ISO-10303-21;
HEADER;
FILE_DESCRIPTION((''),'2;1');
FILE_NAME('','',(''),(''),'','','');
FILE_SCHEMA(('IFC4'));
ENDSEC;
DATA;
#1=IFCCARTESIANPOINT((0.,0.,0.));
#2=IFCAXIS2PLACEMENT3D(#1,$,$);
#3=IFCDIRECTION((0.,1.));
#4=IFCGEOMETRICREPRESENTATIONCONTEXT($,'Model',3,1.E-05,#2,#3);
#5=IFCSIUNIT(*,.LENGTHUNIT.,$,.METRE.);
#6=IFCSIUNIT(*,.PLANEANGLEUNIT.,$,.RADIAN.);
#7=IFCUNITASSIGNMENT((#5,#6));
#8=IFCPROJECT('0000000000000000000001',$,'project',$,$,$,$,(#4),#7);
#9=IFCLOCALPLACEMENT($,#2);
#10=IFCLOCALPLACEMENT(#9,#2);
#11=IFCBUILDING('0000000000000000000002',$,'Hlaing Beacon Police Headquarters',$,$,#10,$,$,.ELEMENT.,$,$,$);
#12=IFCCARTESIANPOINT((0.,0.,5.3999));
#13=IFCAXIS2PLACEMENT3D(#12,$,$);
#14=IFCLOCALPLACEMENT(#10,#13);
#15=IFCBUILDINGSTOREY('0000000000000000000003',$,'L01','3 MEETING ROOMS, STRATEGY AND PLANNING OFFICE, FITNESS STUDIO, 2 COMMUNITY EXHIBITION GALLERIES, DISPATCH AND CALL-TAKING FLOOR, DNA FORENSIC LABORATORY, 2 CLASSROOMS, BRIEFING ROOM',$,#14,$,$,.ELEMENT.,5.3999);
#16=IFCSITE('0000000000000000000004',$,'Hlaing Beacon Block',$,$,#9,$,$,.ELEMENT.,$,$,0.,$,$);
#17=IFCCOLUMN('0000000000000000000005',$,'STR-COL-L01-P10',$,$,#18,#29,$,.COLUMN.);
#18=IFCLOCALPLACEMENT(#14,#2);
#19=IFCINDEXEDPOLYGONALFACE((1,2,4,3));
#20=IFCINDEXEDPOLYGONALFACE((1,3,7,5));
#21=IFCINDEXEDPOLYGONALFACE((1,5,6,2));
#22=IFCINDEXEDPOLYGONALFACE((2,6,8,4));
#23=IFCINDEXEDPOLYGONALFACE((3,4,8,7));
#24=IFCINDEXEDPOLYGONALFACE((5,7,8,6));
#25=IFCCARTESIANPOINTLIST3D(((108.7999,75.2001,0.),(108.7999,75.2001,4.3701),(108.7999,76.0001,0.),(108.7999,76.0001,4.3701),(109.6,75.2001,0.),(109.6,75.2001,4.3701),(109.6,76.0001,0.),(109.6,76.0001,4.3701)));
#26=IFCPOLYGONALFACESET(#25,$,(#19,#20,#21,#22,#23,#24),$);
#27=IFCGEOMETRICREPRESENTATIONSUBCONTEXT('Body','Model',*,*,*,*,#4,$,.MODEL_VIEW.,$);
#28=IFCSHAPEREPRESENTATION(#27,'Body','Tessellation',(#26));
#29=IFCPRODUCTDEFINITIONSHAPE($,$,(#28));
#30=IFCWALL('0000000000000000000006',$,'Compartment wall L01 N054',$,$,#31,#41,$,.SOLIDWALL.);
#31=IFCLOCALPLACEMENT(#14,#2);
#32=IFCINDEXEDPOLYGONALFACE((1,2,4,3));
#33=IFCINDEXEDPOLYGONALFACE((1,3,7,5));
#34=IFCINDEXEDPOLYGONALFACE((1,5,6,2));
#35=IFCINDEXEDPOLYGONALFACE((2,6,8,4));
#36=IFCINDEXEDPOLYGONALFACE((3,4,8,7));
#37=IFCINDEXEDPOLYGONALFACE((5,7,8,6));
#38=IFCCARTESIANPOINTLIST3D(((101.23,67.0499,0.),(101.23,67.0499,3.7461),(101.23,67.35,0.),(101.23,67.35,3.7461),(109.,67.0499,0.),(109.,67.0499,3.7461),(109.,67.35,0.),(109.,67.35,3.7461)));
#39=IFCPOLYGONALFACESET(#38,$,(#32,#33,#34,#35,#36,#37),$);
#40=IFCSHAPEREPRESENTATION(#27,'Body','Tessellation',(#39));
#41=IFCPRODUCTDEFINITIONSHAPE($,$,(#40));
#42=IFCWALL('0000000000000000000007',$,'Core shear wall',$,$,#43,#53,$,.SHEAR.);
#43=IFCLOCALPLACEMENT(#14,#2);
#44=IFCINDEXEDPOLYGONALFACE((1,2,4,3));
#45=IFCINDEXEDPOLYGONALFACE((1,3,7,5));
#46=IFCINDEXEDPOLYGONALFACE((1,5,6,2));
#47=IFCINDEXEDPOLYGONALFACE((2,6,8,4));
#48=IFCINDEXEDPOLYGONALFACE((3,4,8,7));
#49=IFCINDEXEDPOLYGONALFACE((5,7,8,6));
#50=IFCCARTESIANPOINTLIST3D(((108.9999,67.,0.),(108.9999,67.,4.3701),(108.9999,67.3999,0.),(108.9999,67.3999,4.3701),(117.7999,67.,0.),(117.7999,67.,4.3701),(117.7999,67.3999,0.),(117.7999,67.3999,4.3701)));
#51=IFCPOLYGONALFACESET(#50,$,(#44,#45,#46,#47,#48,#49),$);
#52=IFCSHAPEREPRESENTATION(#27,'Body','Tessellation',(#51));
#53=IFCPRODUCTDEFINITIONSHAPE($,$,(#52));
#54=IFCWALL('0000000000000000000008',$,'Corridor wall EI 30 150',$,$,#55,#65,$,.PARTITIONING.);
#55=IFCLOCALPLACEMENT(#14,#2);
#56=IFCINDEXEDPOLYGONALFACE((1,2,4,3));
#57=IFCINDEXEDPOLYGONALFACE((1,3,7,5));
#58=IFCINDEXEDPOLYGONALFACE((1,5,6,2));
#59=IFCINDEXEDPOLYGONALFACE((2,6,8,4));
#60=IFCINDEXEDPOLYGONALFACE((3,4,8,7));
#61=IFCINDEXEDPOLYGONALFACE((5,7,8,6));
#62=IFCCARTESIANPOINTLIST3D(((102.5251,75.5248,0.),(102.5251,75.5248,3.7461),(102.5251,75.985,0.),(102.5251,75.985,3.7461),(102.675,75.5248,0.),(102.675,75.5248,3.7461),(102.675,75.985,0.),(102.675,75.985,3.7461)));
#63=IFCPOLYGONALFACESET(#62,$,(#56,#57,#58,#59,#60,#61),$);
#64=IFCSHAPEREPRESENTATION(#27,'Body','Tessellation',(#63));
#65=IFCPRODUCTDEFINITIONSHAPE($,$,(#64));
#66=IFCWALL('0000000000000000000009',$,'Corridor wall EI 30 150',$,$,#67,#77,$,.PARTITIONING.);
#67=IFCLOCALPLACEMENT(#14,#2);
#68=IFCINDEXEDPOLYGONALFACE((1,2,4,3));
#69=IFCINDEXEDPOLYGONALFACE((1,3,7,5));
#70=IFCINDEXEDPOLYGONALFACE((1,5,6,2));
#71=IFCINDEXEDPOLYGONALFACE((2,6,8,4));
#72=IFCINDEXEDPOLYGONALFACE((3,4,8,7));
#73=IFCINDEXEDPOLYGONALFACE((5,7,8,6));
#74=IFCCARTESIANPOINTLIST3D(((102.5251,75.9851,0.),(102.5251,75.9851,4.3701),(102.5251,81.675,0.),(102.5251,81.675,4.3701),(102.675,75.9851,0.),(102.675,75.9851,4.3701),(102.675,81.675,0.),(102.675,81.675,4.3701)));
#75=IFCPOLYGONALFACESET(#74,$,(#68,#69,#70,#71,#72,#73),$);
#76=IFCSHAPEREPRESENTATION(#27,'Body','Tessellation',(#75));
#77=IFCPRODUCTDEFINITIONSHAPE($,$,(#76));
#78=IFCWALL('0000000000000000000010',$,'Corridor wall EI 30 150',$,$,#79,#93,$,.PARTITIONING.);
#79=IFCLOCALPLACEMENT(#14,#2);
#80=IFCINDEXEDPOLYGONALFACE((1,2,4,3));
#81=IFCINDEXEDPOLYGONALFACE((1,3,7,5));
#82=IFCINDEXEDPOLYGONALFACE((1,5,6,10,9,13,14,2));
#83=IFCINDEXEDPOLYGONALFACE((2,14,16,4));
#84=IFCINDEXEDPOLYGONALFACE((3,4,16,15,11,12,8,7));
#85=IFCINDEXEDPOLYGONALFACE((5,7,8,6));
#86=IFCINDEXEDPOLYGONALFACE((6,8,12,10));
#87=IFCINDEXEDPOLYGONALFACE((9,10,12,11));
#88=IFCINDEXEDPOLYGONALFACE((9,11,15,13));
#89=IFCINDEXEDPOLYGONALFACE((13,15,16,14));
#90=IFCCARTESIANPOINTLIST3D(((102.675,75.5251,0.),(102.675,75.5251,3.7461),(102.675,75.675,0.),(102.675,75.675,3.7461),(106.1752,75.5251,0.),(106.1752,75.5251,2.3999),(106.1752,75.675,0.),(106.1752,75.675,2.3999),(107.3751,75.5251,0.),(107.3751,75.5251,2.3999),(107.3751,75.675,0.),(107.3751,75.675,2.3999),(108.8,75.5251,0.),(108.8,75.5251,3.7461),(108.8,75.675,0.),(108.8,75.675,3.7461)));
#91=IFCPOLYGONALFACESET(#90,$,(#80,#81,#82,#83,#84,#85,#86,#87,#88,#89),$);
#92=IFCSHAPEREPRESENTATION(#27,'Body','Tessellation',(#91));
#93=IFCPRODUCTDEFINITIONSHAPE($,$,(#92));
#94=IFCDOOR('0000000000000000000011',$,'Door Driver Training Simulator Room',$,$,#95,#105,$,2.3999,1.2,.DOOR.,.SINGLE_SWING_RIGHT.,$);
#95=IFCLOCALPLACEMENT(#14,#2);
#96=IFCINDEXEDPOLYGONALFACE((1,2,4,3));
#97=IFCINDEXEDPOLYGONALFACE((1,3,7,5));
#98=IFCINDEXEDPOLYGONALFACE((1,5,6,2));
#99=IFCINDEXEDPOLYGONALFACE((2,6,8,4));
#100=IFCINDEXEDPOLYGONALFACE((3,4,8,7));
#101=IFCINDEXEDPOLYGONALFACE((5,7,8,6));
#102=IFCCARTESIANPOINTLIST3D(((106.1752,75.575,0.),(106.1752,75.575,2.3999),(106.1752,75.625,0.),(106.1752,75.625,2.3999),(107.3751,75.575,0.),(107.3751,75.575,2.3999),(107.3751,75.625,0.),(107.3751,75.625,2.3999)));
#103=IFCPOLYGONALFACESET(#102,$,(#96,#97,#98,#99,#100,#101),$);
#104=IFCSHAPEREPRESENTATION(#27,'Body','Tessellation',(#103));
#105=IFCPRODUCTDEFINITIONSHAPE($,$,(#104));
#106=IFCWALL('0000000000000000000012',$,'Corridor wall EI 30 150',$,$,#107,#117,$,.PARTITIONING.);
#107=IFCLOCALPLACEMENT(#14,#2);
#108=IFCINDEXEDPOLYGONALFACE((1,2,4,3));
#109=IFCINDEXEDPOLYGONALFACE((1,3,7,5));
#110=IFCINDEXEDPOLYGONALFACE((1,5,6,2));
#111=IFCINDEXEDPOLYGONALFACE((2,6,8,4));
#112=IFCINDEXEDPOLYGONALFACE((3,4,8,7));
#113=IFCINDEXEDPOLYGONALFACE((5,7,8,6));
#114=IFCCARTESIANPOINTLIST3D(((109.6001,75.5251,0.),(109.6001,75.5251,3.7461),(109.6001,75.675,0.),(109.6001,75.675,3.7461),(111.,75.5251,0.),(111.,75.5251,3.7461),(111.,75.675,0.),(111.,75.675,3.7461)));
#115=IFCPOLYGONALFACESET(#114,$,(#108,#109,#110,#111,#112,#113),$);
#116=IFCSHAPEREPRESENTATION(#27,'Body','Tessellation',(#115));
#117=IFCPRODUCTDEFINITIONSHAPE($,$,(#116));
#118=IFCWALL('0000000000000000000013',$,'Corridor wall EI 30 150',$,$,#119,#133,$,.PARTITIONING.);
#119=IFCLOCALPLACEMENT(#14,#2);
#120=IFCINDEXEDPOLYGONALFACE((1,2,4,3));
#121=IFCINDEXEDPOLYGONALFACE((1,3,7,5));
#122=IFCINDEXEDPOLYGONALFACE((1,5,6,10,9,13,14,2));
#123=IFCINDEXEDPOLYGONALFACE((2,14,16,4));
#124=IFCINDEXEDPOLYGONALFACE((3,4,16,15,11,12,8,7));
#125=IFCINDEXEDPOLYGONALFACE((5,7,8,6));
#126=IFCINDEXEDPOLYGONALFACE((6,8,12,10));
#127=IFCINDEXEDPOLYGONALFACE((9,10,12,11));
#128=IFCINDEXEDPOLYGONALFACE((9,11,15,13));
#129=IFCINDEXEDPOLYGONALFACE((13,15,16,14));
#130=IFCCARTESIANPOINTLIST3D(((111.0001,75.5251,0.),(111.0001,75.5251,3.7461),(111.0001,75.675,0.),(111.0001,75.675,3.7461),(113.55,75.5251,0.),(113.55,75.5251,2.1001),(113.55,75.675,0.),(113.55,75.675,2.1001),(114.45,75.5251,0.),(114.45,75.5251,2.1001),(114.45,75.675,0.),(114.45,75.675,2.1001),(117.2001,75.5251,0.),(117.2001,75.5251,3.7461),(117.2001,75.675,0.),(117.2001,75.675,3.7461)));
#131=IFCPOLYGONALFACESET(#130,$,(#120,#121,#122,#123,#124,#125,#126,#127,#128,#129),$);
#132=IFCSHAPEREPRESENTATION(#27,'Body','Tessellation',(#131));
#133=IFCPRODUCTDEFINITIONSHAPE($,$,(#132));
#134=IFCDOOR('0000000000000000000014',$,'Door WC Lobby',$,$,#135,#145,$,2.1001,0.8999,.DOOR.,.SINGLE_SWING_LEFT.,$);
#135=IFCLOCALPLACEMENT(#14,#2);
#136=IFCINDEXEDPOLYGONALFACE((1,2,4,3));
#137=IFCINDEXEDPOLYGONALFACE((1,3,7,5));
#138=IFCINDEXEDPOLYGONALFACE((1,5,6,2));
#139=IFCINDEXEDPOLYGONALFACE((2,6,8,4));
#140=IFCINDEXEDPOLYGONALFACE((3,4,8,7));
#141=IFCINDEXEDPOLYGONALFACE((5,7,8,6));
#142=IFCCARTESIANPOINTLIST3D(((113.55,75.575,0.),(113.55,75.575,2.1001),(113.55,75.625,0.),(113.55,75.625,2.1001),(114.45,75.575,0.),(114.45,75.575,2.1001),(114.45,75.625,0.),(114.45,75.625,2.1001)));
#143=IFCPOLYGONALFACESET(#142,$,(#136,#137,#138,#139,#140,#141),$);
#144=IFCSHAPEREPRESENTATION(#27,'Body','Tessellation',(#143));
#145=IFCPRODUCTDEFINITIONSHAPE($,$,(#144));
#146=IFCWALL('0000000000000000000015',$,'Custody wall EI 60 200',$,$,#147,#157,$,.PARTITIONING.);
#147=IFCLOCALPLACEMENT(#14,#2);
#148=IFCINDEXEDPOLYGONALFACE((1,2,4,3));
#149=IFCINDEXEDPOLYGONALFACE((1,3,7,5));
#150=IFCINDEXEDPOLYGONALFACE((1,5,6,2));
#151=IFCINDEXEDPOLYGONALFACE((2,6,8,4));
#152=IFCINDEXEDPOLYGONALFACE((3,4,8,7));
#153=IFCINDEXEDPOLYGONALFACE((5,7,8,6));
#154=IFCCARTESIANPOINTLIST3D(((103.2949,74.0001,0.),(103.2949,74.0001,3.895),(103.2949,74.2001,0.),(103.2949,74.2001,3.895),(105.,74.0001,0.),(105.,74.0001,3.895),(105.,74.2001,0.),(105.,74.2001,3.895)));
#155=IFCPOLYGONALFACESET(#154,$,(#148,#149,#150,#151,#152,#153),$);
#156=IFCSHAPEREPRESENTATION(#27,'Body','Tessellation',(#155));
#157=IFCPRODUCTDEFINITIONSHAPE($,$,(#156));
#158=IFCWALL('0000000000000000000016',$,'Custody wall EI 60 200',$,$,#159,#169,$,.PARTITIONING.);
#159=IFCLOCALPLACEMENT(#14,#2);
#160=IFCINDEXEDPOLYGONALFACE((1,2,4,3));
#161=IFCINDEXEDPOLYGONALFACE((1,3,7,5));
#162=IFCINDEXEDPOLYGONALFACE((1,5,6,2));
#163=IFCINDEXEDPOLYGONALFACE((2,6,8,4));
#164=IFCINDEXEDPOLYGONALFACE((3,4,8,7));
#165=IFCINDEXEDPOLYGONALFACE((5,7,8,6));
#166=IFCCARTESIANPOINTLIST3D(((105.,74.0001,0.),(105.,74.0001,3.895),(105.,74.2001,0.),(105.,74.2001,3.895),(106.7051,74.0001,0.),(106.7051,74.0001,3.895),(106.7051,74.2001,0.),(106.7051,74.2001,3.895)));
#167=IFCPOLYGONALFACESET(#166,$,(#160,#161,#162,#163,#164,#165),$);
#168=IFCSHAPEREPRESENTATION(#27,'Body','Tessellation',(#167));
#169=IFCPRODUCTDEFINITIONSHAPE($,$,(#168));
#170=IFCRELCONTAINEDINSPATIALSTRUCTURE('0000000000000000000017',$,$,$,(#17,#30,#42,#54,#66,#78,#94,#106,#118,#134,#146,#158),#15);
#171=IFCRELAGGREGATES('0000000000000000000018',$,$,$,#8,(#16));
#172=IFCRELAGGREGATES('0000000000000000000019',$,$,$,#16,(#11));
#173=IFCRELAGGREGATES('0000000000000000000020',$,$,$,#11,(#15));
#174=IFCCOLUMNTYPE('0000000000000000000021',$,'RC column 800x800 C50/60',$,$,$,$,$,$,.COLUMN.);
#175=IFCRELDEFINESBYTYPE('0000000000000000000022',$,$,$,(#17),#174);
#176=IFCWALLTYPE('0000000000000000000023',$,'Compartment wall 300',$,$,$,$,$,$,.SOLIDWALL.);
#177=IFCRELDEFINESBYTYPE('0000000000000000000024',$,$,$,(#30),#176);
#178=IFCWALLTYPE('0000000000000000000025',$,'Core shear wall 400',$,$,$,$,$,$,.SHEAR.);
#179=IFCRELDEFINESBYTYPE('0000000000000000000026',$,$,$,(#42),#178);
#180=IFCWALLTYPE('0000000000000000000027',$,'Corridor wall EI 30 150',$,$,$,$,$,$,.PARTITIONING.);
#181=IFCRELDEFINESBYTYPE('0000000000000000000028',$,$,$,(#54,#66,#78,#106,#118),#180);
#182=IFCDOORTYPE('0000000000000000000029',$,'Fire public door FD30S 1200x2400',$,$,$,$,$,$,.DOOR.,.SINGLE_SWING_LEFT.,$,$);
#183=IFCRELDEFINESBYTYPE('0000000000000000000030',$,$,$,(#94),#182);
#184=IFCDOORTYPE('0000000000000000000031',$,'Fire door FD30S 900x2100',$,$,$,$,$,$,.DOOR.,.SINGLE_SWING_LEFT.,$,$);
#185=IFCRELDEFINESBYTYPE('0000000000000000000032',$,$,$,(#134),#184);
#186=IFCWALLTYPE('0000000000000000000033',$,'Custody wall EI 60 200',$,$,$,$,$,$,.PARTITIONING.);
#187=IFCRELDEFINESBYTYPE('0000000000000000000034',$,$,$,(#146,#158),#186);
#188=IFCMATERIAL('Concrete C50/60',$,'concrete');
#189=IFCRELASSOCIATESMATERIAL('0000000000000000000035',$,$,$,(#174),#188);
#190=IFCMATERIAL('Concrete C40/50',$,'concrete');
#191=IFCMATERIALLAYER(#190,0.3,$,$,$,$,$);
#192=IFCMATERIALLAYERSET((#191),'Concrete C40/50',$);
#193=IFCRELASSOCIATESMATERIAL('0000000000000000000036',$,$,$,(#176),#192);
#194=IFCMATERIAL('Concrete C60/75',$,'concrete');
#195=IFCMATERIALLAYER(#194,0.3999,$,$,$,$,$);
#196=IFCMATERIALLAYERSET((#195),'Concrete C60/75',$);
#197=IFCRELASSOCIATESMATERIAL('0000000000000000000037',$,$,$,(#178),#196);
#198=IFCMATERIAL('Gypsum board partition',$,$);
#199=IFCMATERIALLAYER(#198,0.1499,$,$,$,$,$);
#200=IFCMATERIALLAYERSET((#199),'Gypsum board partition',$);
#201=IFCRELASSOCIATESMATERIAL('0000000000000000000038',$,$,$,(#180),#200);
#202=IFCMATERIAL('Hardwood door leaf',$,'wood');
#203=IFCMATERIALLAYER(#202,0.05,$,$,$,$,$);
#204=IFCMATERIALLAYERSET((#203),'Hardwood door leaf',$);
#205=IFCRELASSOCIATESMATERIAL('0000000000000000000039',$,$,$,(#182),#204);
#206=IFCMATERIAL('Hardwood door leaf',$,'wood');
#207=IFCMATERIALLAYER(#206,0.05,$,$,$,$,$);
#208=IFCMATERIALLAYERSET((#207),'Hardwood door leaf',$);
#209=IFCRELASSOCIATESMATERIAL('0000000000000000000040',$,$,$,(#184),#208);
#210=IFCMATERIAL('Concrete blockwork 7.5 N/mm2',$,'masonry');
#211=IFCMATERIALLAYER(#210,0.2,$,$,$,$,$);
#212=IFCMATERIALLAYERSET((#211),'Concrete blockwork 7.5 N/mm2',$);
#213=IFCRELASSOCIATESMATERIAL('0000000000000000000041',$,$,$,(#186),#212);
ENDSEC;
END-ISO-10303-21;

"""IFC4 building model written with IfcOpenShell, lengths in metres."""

from ifc_helpers import new_model, si_unit, direction, frame, frame_2d, origin, origin_2d, place, context, subcontext, project, spatial, rectangle, extrude, material, layer, layer_set, material_profile, profile_set, type_object, element, fill, save


model = new_model("IFC4")

# Units and contexts
model_context = context("Model", 3, precision=1e-05, world=origin(), true_north=direction((0.0, 1.0)))
body_context = subcontext(model_context, "Body", "Model", "MODEL_VIEW")
ifc_project = project(units=[si_unit("LENGTHUNIT", "METRE"), si_unit("PLANEANGLEUNIT", "RADIAN")], contexts=[model_context])

# Site, building, storey
site_placement = place(None, origin())
site = spatial("IfcSite", under=ifc_project, at=site_placement, Name="Hlaing Beacon Block", CompositionType="ELEMENT", RefElevation=0.0)
building_placement = place(site_placement, origin())
building = spatial("IfcBuilding", under=site, at=building_placement, Name="Hlaing Beacon Police Headquarters", CompositionType="ELEMENT")
storey_placement = place(building_placement, frame((0.0, 0.0, 5.3999)))
storey = spatial("IfcBuildingStorey", under=building, at=storey_placement, Name="L01", Description="3 MEETING ROOMS, STRATEGY AND PLANNING OFFICE, FITNESS STUDIO, 2 COMMUNITY EXHIBITION GALLERIES, DISPATCH AND CALL-TAKING FLOOR, DNA FORENSIC LABORATORY, 2 CLASSROOMS, BRIEFING ROOM", CompositionType="ELEMENT", Elevation=5.3999)

# Column
ifc_material_1 = material(Name="Concrete C50/60", Category="concrete")
ifc_material_profile = material_profile(ifc_material_1, rectangle(XDim=0.8, YDim=0.8, at=origin_2d()), Name="800x800")
ifc_profile_set = profile_set([ifc_material_profile], Name="Concrete C50/60")
column_type = type_object("IfcColumnType", Name="RC column 800x800 C50/60", PredefinedType="COLUMN", material=ifc_profile_set)
column_placement = place(storey_placement, frame((109.2, 75.6001, 0.0), z_axis=(0.0, 0.0, 1.0), x_axis=(1.0, 0.0, 0.0)))
element("IfcColumn", 1, at=column_placement, inside=storey, type_object=column_type, Name="STR-COL-L01-P10", PredefinedType="COLUMN", context=body_context, shape_type="SweptSolid", body=[
    extrude(rectangle(XDim=0.8, YDim=0.8, at=origin_2d()), origin(), (0.0, 0.0, 1.0), 4.3701),
])

# Walls
ifc_material_2 = material(Name="Concrete C40/50", Category="concrete")
ifc_layer_1 = layer(ifc_material_2, 0.3)
ifc_layer_set_1 = layer_set([ifc_layer_1], Name="Concrete C40/50")
wall_type_1 = type_object("IfcWallType", Name="Compartment wall 300", PredefinedType="SOLIDWALL", material=ifc_layer_set_1)
wall_1_placement = place(storey_placement, frame((109.0, 67.2, 0.0), z_axis=(0.0, 0.0, 1.0), x_axis=(-1.0, 0.0, 0.0)))
element("IfcWall", 2, at=wall_1_placement, inside=storey, type_object=wall_type_1, Name="Compartment wall L01 N054", PredefinedType="SOLIDWALL", context=body_context, shape_type="SweptSolid", body=[
    extrude(rectangle(XDim=7.77, YDim=0.3, at=frame_2d((3.885, 0.0))), origin(), (0.0, 0.0, 1.0), 3.7461),
])
ifc_material_3 = material(Name="Concrete C60/75", Category="concrete")
ifc_layer_2 = layer(ifc_material_3, 0.3999)
ifc_layer_set_2 = layer_set([ifc_layer_2], Name="Concrete C60/75")
wall_type_2 = type_object("IfcWallType", Name="Core shear wall 400", PredefinedType="SHEAR", material=ifc_layer_set_2)
wall_2_placement = place(storey_placement, frame((109.0, 67.2, 0.0), z_axis=(0.0, 0.0, 1.0), x_axis=(1.0, 0.0, 0.0)))
element("IfcWall", 3, at=wall_2_placement, inside=storey, type_object=wall_type_2, Name="Core shear wall", PredefinedType="SHEAR", context=body_context, shape_type="SweptSolid", body=[
    extrude(rectangle(XDim=8.8, YDim=0.3999, at=frame_2d((4.3999, 0.0))), origin(), (0.0, 0.0, 1.0), 4.3701),
])
ifc_material_4 = material(Name="Gypsum board partition")
ifc_layer_3 = layer(ifc_material_4, 0.1499)
ifc_layer_set_3 = layer_set([ifc_layer_3], Name="Gypsum board partition")
wall_type_3 = type_object("IfcWallType", Name="Corridor wall EI 30 150", PredefinedType="PARTITIONING", material=ifc_layer_set_3)
wall_3_placement = place(storey_placement, frame((102.6001, 75.5249, 0.0), z_axis=(0.0, 0.0, 1.0), x_axis=(0.0, 1.0, 0.0)))
element("IfcWall", 4, at=wall_3_placement, inside=storey, type_object=wall_type_3, Name="Corridor wall EI 30 150", PredefinedType="PARTITIONING", context=body_context, shape_type="SweptSolid", body=[
    extrude(rectangle(XDim=0.4602, YDim=0.1499, at=frame_2d((0.23, 0.0))), origin(), (0.0, 0.0, 1.0), 3.7461),
])
wall_4_placement = place(storey_placement, frame((102.6001, 75.9851, 0.0), z_axis=(0.0, 0.0, 1.0), x_axis=(0.0, 1.0, 0.0)))
element("IfcWall", 5, at=wall_4_placement, inside=storey, type_object=wall_type_3, Name="Corridor wall EI 30 150", PredefinedType="PARTITIONING", context=body_context, shape_type="SweptSolid", body=[
    extrude(rectangle(XDim=5.6899, YDim=0.1499, at=frame_2d((2.845, 0.0))), origin(), (0.0, 0.0, 1.0), 4.3701),
])

# Wall, opening, door
wall_5_placement = place(storey_placement, frame((102.675, 75.6001, 0.0), z_axis=(0.0, 0.0, 1.0), x_axis=(1.0, 0.0, 0.0)))
wall_5 = element("IfcWall", 6, at=wall_5_placement, inside=storey, type_object=wall_type_3, Name="Corridor wall EI 30 150", PredefinedType="PARTITIONING", context=body_context, shape_type="SweptSolid", body=[
    extrude(rectangle(XDim=6.125, YDim=0.1499, at=frame_2d((3.0625, 0.0))), origin(), (0.0, 0.0, 1.0), 3.7461),
])
opening_1_placement = place(wall_5_placement, frame((3.5, 0.0, 0.0)))
opening_1 = element("IfcOpeningElement", 7, at=opening_1_placement, cuts=wall_5, PredefinedType="OPENING", context=body_context, shape_type="SweptSolid", body=[
    extrude(rectangle(XDim=1.2, YDim=2.3999, at=frame_2d((0.6001, 1.2))), frame((0.0, 0.085, 0.0), z_axis=(0.0, -1.0, 0.0), x_axis=(1.0, 0.0, 0.0)), (0.0, 0.0, 1.0), 0.1699),
])
ifc_material_5 = material(Name="Hardwood door leaf", Category="wood")
ifc_layer_4 = layer(ifc_material_5, 0.05)
ifc_layer_set_4 = layer_set([ifc_layer_4], Name="Hardwood door leaf")
door_type_1 = type_object("IfcDoorType", Name="Fire public door FD30S 1200x2400", OperationType="SINGLE_SWING_LEFT", PredefinedType="DOOR", material=ifc_layer_set_4)
door_1_placement = place(opening_1_placement, origin())
door_1 = element("IfcDoor", 8, at=door_1_placement, inside=storey, type_object=door_type_1, Name="Door Driver Training Simulator Room", OperationType="SINGLE_SWING_RIGHT", OverallHeight=2.3999, OverallWidth=1.2, PredefinedType="DOOR", context=body_context, shape_type="SweptSolid", body=[
    extrude(rectangle(XDim=1.2, YDim=2.3999, at=frame_2d((0.6001, 1.2))), frame((0.0, 0.0249, 0.0), z_axis=(0.0, -1.0, 0.0), x_axis=(1.0, 0.0, 0.0)), (0.0, 0.0, 1.0), 0.05),
])
fill(opening_1, door_1)

# Wall
wall_6_placement = place(storey_placement, frame((109.6001, 75.6001, 0.0), z_axis=(0.0, 0.0, 1.0), x_axis=(1.0, 0.0, 0.0)))
element("IfcWall", 9, at=wall_6_placement, inside=storey, type_object=wall_type_3, Name="Corridor wall EI 30 150", PredefinedType="PARTITIONING", context=body_context, shape_type="SweptSolid", body=[
    extrude(rectangle(XDim=1.3999, YDim=0.1499, at=frame_2d((0.7, 0.0))), origin(), (0.0, 0.0, 1.0), 3.7461),
])

# Wall, opening, door
wall_7_placement = place(storey_placement, frame((111.0, 75.6001, 0.0), z_axis=(0.0, 0.0, 1.0), x_axis=(1.0, 0.0, 0.0)))
wall_7 = element("IfcWall", 10, at=wall_7_placement, inside=storey, type_object=wall_type_3, Name="Corridor wall EI 30 150", PredefinedType="PARTITIONING", context=body_context, shape_type="SweptSolid", body=[
    extrude(rectangle(XDim=6.2, YDim=0.1499, at=frame_2d((3.1001, 0.0))), origin(), (0.0, 0.0, 1.0), 3.7461),
])
opening_2_placement = place(wall_7_placement, frame((2.55, 0.0, 0.0)))
opening_2 = element("IfcOpeningElement", 11, at=opening_2_placement, cuts=wall_7, PredefinedType="OPENING", context=body_context, shape_type="SweptSolid", body=[
    extrude(rectangle(XDim=0.8999, YDim=2.1001, at=frame_2d((0.45, 1.05))), frame((0.0, 0.085, 0.0), z_axis=(0.0, -1.0, 0.0), x_axis=(1.0, 0.0, 0.0)), (0.0, 0.0, 1.0), 0.1699),
])
ifc_material_6 = material(Name="Hardwood door leaf", Category="wood")
ifc_layer_5 = layer(ifc_material_6, 0.05)
ifc_layer_set_5 = layer_set([ifc_layer_5], Name="Hardwood door leaf")
door_type_2 = type_object("IfcDoorType", Name="Fire door FD30S 900x2100", OperationType="SINGLE_SWING_LEFT", PredefinedType="DOOR", material=ifc_layer_set_5)
door_2_placement = place(opening_2_placement, origin())
door_2 = element("IfcDoor", 12, at=door_2_placement, inside=storey, type_object=door_type_2, Name="Door WC Lobby", OperationType="SINGLE_SWING_LEFT", OverallHeight=2.1001, OverallWidth=0.8999, PredefinedType="DOOR", context=body_context, shape_type="SweptSolid", body=[
    extrude(rectangle(XDim=0.8999, YDim=2.1001, at=frame_2d((0.45, 1.05))), frame((0.0, 0.0249, 0.0), z_axis=(0.0, -1.0, 0.0), x_axis=(1.0, 0.0, 0.0)), (0.0, 0.0, 1.0), 0.05),
])
fill(opening_2, door_2)

# Walls
ifc_material_7 = material(Name="Concrete blockwork 7.5 N/mm2", Category="masonry")
ifc_layer_6 = layer(ifc_material_7, 0.2)
ifc_layer_set_6 = layer_set([ifc_layer_6], Name="Concrete blockwork 7.5 N/mm2")
wall_type_4 = type_object("IfcWallType", Name="Custody wall EI 60 200", PredefinedType="PARTITIONING", material=ifc_layer_set_6)
for number, where, z_axis, x_axis, name in (
    (13, (103.2949, 74.1001, 0.0), (0.0, 0.0, 1.0), (1.0, 0.0, 0.0), "Custody wall EI 60 200"),
    (14, (105.0, 74.1001, 0.0), (0.0, 0.0, 1.0), (1.0, 0.0, 0.0), "Custody wall EI 60 200"),
):
    element("IfcWall", number, at=place(storey_placement, frame(where, z_axis=z_axis, x_axis=x_axis)), inside=storey, type_object=wall_type_4, Name=name, PredefinedType="PARTITIONING", context=body_context, shape_type="SweptSolid", body=[
        extrude(rectangle(XDim=1.7051, YDim=0.2, at=frame_2d((0.8525, 0.0))), origin(), (0.0, 0.0, 1.0), 3.895),
    ])

save(model, "model.ifc")
